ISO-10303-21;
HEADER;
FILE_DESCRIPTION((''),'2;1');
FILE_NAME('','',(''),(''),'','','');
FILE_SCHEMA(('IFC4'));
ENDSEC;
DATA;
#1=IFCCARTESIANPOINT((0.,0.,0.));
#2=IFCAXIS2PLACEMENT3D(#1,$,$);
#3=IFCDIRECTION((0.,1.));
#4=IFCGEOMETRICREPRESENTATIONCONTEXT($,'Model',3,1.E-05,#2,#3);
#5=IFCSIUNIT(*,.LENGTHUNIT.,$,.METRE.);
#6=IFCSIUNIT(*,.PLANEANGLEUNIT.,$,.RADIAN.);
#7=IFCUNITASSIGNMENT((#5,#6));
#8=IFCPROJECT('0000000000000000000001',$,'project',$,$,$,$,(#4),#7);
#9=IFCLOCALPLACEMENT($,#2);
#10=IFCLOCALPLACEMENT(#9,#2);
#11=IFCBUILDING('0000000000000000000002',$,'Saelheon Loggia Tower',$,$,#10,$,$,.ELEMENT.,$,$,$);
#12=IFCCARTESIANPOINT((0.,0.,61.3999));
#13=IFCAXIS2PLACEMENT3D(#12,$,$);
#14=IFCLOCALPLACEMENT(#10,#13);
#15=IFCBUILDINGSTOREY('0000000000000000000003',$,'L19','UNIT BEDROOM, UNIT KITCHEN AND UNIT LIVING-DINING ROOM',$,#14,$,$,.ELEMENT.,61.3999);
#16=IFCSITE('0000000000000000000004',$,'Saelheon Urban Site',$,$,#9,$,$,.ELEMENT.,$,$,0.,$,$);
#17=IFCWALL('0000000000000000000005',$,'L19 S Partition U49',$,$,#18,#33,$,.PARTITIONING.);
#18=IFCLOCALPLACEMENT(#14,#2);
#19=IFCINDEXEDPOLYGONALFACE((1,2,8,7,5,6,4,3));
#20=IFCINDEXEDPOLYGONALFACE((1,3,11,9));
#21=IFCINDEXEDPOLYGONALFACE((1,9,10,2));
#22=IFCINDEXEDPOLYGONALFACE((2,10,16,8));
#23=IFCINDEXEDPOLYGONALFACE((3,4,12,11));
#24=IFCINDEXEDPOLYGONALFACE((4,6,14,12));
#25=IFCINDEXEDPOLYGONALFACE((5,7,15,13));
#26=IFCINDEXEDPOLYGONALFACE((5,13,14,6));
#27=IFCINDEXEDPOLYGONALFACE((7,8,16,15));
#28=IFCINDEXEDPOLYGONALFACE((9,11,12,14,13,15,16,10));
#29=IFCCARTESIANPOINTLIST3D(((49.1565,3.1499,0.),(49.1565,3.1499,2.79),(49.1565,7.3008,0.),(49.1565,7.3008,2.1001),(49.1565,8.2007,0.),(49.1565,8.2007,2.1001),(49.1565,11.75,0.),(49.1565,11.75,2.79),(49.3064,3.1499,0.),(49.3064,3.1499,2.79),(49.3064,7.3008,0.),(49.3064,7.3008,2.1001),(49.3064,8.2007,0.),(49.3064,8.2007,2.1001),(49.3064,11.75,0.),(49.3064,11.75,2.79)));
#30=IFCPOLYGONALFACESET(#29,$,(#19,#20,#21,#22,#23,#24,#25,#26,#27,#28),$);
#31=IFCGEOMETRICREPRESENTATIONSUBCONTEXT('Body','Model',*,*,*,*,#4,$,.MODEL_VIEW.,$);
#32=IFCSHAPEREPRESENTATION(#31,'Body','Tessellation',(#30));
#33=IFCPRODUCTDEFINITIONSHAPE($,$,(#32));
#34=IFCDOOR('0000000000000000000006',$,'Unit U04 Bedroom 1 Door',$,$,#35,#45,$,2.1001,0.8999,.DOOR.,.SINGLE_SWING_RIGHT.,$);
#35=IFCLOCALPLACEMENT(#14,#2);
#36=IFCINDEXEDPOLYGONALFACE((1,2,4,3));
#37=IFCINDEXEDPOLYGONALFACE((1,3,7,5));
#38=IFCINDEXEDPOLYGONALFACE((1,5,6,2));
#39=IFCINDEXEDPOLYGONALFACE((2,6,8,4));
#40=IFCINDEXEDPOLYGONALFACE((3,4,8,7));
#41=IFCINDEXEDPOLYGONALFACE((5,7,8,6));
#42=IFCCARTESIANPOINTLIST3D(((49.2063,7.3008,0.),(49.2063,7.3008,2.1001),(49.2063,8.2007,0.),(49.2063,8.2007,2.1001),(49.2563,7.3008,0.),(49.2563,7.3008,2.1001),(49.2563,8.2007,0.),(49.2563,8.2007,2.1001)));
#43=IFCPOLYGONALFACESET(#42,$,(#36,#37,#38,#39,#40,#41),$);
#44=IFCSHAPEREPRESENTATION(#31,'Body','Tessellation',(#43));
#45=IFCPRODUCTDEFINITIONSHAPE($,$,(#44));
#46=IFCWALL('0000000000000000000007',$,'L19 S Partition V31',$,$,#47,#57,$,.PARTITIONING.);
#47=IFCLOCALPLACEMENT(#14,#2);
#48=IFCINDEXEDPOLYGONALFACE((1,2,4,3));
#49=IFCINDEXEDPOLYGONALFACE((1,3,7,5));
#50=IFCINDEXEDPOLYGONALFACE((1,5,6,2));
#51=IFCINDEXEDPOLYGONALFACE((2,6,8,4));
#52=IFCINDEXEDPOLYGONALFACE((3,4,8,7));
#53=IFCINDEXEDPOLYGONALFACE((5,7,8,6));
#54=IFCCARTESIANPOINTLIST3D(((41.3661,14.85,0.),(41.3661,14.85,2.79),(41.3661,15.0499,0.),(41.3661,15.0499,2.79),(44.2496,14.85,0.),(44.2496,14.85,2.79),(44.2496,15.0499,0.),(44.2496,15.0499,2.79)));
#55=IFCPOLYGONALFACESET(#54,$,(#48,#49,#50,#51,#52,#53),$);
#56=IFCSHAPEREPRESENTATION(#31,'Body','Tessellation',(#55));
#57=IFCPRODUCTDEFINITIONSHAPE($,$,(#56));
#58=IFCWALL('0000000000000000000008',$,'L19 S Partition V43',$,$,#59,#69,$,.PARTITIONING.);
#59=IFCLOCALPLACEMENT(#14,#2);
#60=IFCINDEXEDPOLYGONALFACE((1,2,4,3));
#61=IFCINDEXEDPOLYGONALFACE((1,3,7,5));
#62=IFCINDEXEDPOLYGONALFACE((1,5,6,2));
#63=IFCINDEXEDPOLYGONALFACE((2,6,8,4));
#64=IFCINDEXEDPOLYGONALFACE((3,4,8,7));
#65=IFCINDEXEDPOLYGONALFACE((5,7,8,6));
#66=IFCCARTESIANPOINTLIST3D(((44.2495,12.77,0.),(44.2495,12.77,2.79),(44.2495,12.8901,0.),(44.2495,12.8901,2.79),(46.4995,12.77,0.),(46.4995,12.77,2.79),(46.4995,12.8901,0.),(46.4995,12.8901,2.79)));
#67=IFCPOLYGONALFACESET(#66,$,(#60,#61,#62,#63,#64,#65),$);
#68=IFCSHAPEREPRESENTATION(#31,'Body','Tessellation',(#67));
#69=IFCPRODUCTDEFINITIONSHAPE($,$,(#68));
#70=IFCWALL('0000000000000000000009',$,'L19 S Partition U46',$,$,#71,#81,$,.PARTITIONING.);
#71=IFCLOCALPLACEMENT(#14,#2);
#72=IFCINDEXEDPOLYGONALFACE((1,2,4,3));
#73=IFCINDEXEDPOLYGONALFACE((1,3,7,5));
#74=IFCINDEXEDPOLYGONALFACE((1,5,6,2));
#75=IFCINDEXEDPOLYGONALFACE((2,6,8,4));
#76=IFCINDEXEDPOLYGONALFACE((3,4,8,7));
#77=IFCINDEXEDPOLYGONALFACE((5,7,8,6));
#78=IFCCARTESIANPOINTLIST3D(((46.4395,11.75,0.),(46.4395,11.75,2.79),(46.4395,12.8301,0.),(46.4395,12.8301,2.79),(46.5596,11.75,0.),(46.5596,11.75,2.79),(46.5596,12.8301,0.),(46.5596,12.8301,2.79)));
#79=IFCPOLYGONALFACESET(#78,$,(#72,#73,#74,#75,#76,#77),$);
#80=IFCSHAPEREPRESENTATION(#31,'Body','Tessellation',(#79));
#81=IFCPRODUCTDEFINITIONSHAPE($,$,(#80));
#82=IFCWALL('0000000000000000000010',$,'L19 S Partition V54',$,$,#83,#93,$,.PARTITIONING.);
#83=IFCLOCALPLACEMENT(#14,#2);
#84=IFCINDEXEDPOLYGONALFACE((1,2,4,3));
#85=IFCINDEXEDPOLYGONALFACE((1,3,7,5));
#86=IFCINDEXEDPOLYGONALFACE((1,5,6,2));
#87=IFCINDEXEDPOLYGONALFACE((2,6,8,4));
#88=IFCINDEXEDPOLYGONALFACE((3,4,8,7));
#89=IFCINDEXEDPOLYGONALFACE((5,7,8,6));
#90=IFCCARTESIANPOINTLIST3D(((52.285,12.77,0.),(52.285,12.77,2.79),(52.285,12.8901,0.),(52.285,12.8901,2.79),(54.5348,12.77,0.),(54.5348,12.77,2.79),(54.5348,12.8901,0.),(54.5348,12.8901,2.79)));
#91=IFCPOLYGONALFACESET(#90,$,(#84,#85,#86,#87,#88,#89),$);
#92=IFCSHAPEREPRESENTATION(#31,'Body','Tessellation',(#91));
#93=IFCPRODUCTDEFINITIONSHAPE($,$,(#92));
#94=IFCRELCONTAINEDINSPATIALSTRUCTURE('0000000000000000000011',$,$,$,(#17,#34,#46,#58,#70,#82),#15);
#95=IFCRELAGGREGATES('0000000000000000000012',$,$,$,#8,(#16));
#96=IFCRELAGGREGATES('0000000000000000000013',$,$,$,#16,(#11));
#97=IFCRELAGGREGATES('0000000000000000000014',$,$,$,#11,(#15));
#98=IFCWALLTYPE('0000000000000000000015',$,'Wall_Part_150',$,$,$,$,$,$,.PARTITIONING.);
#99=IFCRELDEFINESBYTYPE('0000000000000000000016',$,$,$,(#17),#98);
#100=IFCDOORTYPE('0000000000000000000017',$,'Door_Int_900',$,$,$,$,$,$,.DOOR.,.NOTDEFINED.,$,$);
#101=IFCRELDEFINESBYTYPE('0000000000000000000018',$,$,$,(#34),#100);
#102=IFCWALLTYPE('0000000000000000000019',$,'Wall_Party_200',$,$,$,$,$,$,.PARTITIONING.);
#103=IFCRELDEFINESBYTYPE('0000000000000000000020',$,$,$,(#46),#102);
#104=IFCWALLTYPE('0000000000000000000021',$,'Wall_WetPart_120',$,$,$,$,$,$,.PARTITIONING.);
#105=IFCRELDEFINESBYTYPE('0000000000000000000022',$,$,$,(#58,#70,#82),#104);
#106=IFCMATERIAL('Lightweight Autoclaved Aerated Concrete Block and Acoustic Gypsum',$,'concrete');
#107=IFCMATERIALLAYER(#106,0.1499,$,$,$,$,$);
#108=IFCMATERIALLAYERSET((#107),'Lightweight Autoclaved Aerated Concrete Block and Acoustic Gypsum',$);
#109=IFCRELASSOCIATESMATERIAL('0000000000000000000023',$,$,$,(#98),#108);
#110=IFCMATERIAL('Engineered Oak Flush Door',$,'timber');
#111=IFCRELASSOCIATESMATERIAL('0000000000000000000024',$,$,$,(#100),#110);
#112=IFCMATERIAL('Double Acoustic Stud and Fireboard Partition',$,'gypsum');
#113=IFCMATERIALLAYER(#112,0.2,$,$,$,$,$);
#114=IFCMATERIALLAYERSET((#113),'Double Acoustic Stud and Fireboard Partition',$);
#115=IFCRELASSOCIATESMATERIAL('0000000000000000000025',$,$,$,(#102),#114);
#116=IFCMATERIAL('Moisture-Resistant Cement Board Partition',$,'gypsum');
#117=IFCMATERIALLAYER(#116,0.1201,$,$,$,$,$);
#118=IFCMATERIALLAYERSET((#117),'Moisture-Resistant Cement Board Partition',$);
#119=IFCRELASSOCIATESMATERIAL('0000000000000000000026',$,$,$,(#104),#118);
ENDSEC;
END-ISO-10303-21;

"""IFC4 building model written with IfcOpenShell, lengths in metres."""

from ifc_helpers import new_model, si_unit, direction, frame, frame_2d, origin, place, context, subcontext, project, spatial, rectangle, extrude, source, transform, mapped, material, layer, layer_set, type_object, element, fill, save


model = new_model("IFC4")

# Units and contexts
model_context = context("Model", 3, precision=1e-05, world=origin(), true_north=direction((0.0, 1.0)))
body_context = subcontext(model_context, "Body", "Model", "MODEL_VIEW")
ifc_project = project(units=[si_unit("LENGTHUNIT", "METRE"), si_unit("PLANEANGLEUNIT", "RADIAN")], contexts=[model_context])

# Site, building, storey
site_placement = place(None, origin())
site = spatial("IfcSite", under=ifc_project, at=site_placement, Name="Saelheon Urban Site", CompositionType="ELEMENT", RefElevation=0.0)
building_placement = place(site_placement, origin())
building = spatial("IfcBuilding", under=site, at=building_placement, Name="Saelheon Loggia Tower", CompositionType="ELEMENT")
storey_placement = place(building_placement, frame((0.0, 0.0, 61.3999)))
storey = spatial("IfcBuildingStorey", under=building, at=storey_placement, Name="L19", Description="UNIT BEDROOM, UNIT KITCHEN AND UNIT LIVING-DINING ROOM", CompositionType="ELEMENT", Elevation=61.3999)

# Shared definitions
ifc_material_1 = material(Name="Lightweight Autoclaved Aerated Concrete Block and Acoustic Gypsum", Category="concrete")
ifc_layer_1 = layer(ifc_material_1, 0.1499)
ifc_layer_set_1 = layer_set([ifc_layer_1], Name="Lightweight Autoclaved Aerated Concrete Block and Acoustic Gypsum")
wall_type_1 = type_object("IfcWallType", Name="Wall_Part_150", PredefinedType="PARTITIONING", material=ifc_layer_set_1)
ifc_material_2 = material(Name="Engineered Oak Flush Door", Category="timber")
door_type = type_object("IfcDoorType", Name="Door_Int_900", OperationType="NOTDEFINED", PredefinedType="DOOR", material=ifc_material_2)
shared_shape_1 = source(origin(), body_context, "Body", "SweptSolid", [
    extrude(rectangle(XDim=0.8999, YDim=2.1001, at=frame_2d((0.45, 1.05))), frame((0.0, 0.0249, 0.0), z_axis=(0.0, -1.0, 0.0), x_axis=(1.0, 0.0, 0.0)), (0.0, 0.0, 1.0), 0.05),
])

# Wall, opening, door
wall_1_placement = place(storey_placement, frame((49.2314, 11.75, 0.0), z_axis=(0.0, 0.0, 1.0), x_axis=(0.0, -1.0, 0.0)))
wall_1 = element("IfcWall", 1, at=wall_1_placement, inside=storey, type_object=wall_type_1, Name="L19 S Partition U49", PredefinedType="PARTITIONING", context=body_context, shape_type="SweptSolid", body=[
    extrude(rectangle(XDim=8.6001, YDim=0.1499, at=frame_2d((4.3, 0.0))), origin(), (0.0, 0.0, 1.0), 2.79),
])
opening_1_placement = place(wall_1_placement, frame((3.5493, 0.0, 0.0)))
opening_1 = element("IfcOpeningElement", 2, at=opening_1_placement, cuts=wall_1, PredefinedType="OPENING", context=body_context, shape_type="SweptSolid", body=[
    extrude(rectangle(XDim=0.8999, YDim=2.1001, at=frame_2d((0.45, 1.05))), frame((0.0, 0.0869, 0.0), z_axis=(0.0, -1.0, 0.0), x_axis=(1.0, 0.0, 0.0)), (0.0, 0.0, 1.0), 0.1738),
])
door_1_placement = place(opening_1_placement, origin())
door_1 = element("IfcDoor", 3, at=door_1_placement, inside=storey, type_object=door_type, Name="Unit U04 Bedroom 1 Door", OperationType="SINGLE_SWING_RIGHT", OverallHeight=2.1001, OverallWidth=0.8999, PredefinedType="DOOR", context=body_context, shape_type="MappedRepresentation", body=[
    mapped(shared_shape_1, transform((0.0, 0.0, 0.0), scale=1.0)),
])
fill(opening_1, door_1)

# Walls
ifc_material_3 = material(Name="Double Acoustic Stud and Fireboard Partition", Category="gypsum")
ifc_layer_2 = layer(ifc_material_3, 0.2)
ifc_layer_set_2 = layer_set([ifc_layer_2], Name="Double Acoustic Stud and Fireboard Partition")
wall_type_2 = type_object("IfcWallType", Name="Wall_Party_200", PredefinedType="PARTITIONING", material=ifc_layer_set_2)
wall_2_placement = place(storey_placement, frame((41.366, 14.95, 0.0), z_axis=(0.0, 0.0, 1.0), x_axis=(1.0, 0.0, 0.0)))
element("IfcWall", 4, at=wall_2_placement, inside=storey, type_object=wall_type_2, Name="L19 S Partition V31", PredefinedType="PARTITIONING", context=body_context, shape_type="SweptSolid", body=[
    extrude(rectangle(XDim=2.8835, YDim=0.2, at=frame_2d((1.4419, 0.0))), origin(), (0.0, 0.0, 1.0), 2.79),
])
ifc_material_4 = material(Name="Moisture-Resistant Cement Board Partition", Category="gypsum")
ifc_layer_3 = layer(ifc_material_4, 0.1201)
ifc_layer_set_3 = layer_set([ifc_layer_3], Name="Moisture-Resistant Cement Board Partition")
wall_type_3 = type_object("IfcWallType", Name="Wall_WetPart_120", PredefinedType="PARTITIONING", material=ifc_layer_set_3)
wall_3_placement = place(storey_placement, frame((44.2495, 12.8301, 0.0), z_axis=(0.0, 0.0, 1.0), x_axis=(1.0, 0.0, 0.0)))
element("IfcWall", 5, at=wall_3_placement, inside=storey, type_object=wall_type_3, Name="L19 S Partition V43", PredefinedType="PARTITIONING", context=body_context, shape_type="SweptSolid", body=[
    extrude(rectangle(XDim=2.25, YDim=0.1201, at=frame_2d((1.125, 0.0))), origin(), (0.0, 0.0, 1.0), 2.79),
])
wall_4_placement = place(storey_placement, frame((46.4995, 12.8301, 0.0), z_axis=(0.0, 0.0, 1.0), x_axis=(0.0, -1.0, 0.0)))
element("IfcWall", 6, at=wall_4_placement, inside=storey, type_object=wall_type_3, Name="L19 S Partition U46", PredefinedType="PARTITIONING", context=body_context, shape_type="SweptSolid", body=[
    extrude(rectangle(XDim=1.0801, YDim=0.1201, at=frame_2d((0.54, 0.0))), origin(), (0.0, 0.0, 1.0), 2.79),
])
wall_5_placement = place(storey_placement, frame((52.2849, 12.8301, 0.0), z_axis=(0.0, 0.0, 1.0), x_axis=(1.0, 0.0, 0.0)))
element("IfcWall", 7, at=wall_5_placement, inside=storey, type_object=wall_type_3, Name="L19 S Partition V54", PredefinedType="PARTITIONING", context=body_context, shape_type="SweptSolid", body=[
    extrude(rectangle(XDim=2.2498, YDim=0.1201, at=frame_2d((1.125, 0.0))), origin(), (0.0, 0.0, 1.0), 2.79),
])

save(model, "model.ifc")
